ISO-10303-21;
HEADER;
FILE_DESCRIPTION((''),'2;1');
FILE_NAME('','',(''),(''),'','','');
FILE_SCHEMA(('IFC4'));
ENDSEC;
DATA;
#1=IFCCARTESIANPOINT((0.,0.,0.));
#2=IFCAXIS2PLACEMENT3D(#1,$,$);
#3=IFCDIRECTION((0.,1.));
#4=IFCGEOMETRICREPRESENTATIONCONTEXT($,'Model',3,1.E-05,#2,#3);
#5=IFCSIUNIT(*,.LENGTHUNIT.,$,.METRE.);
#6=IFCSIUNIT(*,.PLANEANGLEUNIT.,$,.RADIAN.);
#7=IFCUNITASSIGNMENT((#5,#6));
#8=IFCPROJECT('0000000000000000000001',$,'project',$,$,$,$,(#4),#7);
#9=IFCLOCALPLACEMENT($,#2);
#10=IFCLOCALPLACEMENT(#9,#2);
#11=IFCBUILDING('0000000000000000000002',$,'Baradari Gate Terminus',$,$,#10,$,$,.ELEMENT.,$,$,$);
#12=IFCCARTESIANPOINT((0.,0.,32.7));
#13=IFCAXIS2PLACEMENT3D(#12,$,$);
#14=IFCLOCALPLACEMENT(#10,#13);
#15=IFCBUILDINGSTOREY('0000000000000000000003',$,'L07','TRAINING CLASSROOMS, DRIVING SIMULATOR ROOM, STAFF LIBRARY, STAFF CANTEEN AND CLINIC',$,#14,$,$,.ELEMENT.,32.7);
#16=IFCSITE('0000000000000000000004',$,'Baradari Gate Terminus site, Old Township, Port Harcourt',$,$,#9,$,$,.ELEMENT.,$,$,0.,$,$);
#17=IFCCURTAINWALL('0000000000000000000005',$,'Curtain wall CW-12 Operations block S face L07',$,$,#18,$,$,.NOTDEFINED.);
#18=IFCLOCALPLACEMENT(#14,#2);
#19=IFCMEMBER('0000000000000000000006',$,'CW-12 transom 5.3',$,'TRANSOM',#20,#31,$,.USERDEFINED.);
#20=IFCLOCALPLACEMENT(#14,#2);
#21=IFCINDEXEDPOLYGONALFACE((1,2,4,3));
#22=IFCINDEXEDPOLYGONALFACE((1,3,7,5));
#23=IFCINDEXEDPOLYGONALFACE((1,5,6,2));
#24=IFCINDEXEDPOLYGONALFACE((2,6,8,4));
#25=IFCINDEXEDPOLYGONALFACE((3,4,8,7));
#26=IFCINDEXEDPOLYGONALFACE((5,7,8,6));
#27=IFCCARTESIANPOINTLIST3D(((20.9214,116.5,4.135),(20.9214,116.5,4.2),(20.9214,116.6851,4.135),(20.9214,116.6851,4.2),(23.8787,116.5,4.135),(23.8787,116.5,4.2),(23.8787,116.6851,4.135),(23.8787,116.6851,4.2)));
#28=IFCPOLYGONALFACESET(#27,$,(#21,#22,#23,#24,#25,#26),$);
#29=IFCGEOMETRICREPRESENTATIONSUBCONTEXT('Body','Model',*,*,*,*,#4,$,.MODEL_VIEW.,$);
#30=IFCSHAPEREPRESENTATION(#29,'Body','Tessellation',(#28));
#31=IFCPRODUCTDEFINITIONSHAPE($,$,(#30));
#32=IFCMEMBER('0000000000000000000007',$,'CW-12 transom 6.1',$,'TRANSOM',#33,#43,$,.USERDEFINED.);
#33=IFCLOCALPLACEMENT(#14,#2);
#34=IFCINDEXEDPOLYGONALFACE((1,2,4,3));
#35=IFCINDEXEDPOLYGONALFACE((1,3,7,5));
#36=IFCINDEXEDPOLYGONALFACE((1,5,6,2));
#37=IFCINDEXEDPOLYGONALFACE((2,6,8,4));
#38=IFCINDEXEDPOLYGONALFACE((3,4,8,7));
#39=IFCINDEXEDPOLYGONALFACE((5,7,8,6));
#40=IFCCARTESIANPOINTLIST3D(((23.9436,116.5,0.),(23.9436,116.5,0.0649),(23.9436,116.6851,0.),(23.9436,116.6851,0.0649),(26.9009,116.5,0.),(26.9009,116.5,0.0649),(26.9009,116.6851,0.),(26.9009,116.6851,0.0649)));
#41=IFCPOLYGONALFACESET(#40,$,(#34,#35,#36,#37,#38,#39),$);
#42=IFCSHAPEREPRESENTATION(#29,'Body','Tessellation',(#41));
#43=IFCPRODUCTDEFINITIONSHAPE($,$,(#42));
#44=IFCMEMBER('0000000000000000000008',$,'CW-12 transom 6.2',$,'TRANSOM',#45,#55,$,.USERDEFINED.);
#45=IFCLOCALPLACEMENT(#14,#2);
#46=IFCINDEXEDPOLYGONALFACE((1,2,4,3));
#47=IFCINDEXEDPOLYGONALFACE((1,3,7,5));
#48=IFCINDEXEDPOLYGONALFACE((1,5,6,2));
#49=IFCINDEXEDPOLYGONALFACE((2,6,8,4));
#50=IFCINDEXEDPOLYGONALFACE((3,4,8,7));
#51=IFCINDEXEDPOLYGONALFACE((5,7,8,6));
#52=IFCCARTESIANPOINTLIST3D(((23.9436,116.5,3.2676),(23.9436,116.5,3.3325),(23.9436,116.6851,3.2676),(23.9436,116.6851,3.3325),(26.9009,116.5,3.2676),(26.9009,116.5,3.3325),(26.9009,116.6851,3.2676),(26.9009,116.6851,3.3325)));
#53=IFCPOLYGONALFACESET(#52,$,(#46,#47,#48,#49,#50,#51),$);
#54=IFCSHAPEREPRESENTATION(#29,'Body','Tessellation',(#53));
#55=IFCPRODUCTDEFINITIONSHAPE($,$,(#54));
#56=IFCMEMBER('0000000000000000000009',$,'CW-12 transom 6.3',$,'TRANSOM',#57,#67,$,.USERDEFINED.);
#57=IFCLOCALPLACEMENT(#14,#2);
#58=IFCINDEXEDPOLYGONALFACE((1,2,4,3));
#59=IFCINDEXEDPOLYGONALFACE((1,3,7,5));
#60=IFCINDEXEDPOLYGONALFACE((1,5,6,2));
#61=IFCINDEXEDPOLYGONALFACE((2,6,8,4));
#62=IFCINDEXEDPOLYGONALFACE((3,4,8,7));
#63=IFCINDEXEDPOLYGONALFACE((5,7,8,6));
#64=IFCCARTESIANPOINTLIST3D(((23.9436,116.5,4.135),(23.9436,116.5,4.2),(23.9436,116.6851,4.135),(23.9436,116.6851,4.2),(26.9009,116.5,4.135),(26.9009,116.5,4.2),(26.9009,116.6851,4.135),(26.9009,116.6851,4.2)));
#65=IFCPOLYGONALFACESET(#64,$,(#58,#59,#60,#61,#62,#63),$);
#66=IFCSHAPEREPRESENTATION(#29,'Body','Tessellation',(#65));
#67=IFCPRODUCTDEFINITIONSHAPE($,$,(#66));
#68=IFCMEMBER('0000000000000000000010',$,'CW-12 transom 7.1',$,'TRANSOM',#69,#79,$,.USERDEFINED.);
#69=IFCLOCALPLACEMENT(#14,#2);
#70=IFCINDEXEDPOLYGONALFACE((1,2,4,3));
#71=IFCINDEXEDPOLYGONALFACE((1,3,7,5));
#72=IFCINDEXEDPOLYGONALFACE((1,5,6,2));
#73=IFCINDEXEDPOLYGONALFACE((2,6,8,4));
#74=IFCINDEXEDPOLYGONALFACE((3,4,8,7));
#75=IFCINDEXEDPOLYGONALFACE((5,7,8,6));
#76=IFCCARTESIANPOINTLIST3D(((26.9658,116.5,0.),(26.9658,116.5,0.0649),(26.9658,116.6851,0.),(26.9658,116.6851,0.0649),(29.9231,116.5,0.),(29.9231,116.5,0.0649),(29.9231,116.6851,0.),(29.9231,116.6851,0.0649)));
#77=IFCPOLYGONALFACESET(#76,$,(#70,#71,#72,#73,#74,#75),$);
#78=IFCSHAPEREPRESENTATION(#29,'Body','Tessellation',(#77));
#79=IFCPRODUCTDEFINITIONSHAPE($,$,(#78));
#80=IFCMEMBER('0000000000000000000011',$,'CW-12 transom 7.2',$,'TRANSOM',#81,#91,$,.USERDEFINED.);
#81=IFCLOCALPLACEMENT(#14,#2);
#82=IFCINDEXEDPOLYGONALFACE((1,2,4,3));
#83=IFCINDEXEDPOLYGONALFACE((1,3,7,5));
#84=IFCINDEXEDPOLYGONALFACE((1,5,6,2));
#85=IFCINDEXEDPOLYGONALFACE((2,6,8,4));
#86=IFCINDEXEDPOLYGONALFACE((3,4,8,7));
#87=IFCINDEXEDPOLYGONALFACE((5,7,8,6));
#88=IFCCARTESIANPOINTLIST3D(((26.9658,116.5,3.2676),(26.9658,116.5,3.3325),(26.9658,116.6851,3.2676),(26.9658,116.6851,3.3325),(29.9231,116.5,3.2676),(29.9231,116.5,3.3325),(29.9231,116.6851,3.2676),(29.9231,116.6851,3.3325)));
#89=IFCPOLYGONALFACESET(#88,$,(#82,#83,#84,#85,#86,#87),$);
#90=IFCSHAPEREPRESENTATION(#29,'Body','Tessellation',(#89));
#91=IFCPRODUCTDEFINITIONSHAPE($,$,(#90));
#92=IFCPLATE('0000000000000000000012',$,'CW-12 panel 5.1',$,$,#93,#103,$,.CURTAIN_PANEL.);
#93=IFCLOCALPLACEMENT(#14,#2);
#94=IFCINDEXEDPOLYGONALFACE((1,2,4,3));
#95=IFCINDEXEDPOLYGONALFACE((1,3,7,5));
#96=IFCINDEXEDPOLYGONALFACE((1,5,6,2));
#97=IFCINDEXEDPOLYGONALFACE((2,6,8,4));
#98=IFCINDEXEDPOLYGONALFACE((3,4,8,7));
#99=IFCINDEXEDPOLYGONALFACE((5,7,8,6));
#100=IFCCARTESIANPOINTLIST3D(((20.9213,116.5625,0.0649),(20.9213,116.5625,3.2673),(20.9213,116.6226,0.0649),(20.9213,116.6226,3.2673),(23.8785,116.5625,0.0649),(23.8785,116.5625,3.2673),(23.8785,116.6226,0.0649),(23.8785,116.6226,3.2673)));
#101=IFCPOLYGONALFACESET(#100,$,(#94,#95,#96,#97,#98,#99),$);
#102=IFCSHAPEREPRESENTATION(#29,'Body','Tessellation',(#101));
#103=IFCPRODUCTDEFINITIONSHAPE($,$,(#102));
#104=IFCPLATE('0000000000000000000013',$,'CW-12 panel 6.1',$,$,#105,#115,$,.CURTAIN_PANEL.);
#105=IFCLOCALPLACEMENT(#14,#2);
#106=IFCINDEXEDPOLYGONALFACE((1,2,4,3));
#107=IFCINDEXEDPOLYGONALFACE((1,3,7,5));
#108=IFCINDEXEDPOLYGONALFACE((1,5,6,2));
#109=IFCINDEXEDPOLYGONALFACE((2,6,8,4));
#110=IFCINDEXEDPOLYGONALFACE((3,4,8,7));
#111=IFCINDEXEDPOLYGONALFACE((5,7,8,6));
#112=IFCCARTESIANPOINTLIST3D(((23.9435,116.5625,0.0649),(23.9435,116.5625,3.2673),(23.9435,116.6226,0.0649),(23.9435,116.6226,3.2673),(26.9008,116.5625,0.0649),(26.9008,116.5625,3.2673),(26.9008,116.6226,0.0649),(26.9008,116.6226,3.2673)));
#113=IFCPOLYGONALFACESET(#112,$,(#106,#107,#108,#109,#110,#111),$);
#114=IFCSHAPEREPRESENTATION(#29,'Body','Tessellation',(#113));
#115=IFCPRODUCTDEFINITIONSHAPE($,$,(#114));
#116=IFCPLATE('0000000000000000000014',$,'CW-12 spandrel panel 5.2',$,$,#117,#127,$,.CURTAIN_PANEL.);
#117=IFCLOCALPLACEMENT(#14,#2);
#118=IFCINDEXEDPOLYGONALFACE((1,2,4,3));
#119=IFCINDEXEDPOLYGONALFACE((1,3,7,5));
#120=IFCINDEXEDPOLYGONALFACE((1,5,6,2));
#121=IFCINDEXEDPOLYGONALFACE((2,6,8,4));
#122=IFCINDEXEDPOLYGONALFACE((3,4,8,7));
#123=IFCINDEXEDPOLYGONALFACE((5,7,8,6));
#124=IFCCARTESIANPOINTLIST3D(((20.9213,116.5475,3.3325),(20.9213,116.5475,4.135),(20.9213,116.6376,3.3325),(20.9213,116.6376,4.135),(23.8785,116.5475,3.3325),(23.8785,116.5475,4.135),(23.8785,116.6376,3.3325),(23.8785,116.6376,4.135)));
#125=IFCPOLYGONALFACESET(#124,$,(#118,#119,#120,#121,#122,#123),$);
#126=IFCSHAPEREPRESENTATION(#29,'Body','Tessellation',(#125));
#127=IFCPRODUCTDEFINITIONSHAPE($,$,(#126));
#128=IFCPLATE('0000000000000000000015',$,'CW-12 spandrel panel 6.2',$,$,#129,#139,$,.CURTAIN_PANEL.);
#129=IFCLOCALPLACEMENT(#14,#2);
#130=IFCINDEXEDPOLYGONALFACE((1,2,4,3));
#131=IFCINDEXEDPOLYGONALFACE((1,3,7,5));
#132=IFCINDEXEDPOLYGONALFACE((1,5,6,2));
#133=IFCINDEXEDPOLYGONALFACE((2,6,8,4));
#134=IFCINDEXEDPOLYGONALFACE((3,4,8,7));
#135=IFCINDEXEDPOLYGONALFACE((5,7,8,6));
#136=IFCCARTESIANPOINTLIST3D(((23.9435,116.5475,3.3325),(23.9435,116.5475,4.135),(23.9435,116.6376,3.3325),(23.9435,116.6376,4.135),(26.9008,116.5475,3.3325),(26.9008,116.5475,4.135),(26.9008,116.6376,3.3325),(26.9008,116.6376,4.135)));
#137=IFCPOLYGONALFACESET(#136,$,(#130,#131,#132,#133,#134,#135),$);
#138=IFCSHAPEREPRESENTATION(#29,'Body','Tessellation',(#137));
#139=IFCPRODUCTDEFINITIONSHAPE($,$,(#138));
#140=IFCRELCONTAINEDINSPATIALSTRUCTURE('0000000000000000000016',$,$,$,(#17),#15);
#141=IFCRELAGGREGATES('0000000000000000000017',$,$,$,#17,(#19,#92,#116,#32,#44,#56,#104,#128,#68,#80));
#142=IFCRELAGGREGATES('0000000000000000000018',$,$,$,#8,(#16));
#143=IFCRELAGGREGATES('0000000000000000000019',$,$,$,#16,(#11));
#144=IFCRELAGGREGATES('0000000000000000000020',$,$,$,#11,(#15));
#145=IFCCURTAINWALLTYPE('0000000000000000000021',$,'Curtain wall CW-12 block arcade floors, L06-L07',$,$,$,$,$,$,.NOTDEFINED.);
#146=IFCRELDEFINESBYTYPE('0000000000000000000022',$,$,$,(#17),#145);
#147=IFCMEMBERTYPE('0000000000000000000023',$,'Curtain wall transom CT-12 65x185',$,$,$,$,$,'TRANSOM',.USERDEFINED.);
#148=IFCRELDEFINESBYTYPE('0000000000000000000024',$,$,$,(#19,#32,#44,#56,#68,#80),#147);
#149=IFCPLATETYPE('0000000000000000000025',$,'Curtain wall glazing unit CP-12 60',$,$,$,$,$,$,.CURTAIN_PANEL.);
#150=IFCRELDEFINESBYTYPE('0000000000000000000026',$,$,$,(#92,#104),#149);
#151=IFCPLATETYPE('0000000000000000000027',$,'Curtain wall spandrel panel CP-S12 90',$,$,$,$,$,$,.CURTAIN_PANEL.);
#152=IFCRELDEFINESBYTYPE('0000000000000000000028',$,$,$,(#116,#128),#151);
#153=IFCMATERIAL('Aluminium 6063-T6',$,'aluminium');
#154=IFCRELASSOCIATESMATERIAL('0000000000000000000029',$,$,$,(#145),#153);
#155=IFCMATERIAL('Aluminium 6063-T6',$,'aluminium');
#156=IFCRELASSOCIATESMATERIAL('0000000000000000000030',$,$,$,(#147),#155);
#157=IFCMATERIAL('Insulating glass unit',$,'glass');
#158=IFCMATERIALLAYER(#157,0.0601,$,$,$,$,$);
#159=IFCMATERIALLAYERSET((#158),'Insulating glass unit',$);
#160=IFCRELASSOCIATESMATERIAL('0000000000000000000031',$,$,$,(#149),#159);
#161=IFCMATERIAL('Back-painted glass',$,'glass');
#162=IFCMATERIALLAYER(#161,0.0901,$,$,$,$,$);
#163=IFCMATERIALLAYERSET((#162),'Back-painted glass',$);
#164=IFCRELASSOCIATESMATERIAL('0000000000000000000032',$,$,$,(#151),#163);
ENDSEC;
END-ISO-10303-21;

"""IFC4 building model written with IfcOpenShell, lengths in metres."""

from ifc_helpers import new_model, si_unit, direction, frame, origin, origin_2d, place, context, subcontext, project, spatial, rectangle, extrude, material, layer, layer_set, material_profile, profile_set, type_object, element, aggregate, save


model = new_model("IFC4")

# Units and contexts
model_context = context("Model", 3, precision=1e-05, world=origin(), true_north=direction((0.0, 1.0)))
body_context = subcontext(model_context, "Body", "Model", "MODEL_VIEW")
ifc_project = project(units=[si_unit("LENGTHUNIT", "METRE"), si_unit("PLANEANGLEUNIT", "RADIAN")], contexts=[model_context])

# Site, building, storey
site_placement = place(None, origin())
site = spatial("IfcSite", under=ifc_project, at=site_placement, Name="Baradari Gate Terminus site, Old Township, Port Harcourt", CompositionType="ELEMENT", RefElevation=0.0)
building_placement = place(site_placement, origin())
building = spatial("IfcBuilding", under=site, at=building_placement, Name="Baradari Gate Terminus", CompositionType="ELEMENT")
storey_placement = place(building_placement, frame((0.0, 0.0, 32.7)))
storey = spatial("IfcBuildingStorey", under=building, at=storey_placement, Name="L07", Description="TRAINING CLASSROOMS, DRIVING SIMULATOR ROOM, STAFF LIBRARY, STAFF CANTEEN AND CLINIC", CompositionType="ELEMENT", Elevation=32.7)

# Curtain wall, members, plates
ifc_material_1 = material(Name="Aluminium 6063-T6", Category="aluminium")
curtain_wall_type = type_object("IfcCurtainWallType", Name="Curtain wall CW-12 block arcade floors, L06-L07", PredefinedType="NOTDEFINED", material=ifc_material_1)
curtain_wall_placement = place(storey_placement, origin())
curtain_wall = element("IfcCurtainWall", 1, at=curtain_wall_placement, inside=storey, type_object=curtain_wall_type, Name="Curtain wall CW-12 Operations block S face L07", PredefinedType="NOTDEFINED")
ifc_material_2 = material(Name="Aluminium 6063-T6", Category="aluminium")
ifc_material_profile_1 = material_profile(ifc_material_2, rectangle(XDim=0.1851, YDim=0.0649, at=origin_2d()), Name="CT-12 65X185")
ifc_profile_set_1 = profile_set([ifc_material_profile_1], Name="Aluminium 6063-T6")
member_type_1 = type_object("IfcMemberType", Name="Curtain wall transom CT-12 65x185", ElementType="TRANSOM", PredefinedType="USERDEFINED", material=ifc_profile_set_1)
member_1_placement = place(storey_placement, frame((20.9214, 116.5925, 4.1675), z_axis=(1.0, 0.0, 0.0), x_axis=(0.0, 1.0, 0.0)))
member_1 = element("IfcMember", 2, at=member_1_placement, type_object=member_type_1, Name="CW-12 transom 5.3", ObjectType="TRANSOM", PredefinedType="USERDEFINED", context=body_context, shape_type="SweptSolid", body=[
    extrude(rectangle(XDim=0.1851, YDim=0.0649, at=origin_2d()), origin(), (0.0, 0.0, 1.0), 2.9573),
])
member_2_placement = place(storey_placement, frame((23.9436, 116.5925, 0.0325), z_axis=(1.0, 0.0, 0.0), x_axis=(0.0, 1.0, 0.0)))
member_2 = element("IfcMember", 3, at=member_2_placement, type_object=member_type_1, Name="CW-12 transom 6.1", ObjectType="TRANSOM", PredefinedType="USERDEFINED", context=body_context, shape_type="SweptSolid", body=[
    extrude(rectangle(XDim=0.1851, YDim=0.0649, at=origin_2d()), origin(), (0.0, 0.0, 1.0), 2.9573),
])
member_3_placement = place(storey_placement, frame((23.9436, 116.5925, 3.3), z_axis=(1.0, 0.0, 0.0), x_axis=(0.0, 1.0, 0.0)))
member_3 = element("IfcMember", 4, at=member_3_placement, type_object=member_type_1, Name="CW-12 transom 6.2", ObjectType="TRANSOM", PredefinedType="USERDEFINED", context=body_context, shape_type="SweptSolid", body=[
    extrude(rectangle(XDim=0.1851, YDim=0.0649, at=origin_2d()), origin(), (0.0, 0.0, 1.0), 2.9573),
])
member_4_placement = place(storey_placement, frame((23.9436, 116.5925, 4.1675), z_axis=(1.0, 0.0, 0.0), x_axis=(0.0, 1.0, 0.0)))
member_4 = element("IfcMember", 5, at=member_4_placement, type_object=member_type_1, Name="CW-12 transom 6.3", ObjectType="TRANSOM", PredefinedType="USERDEFINED", context=body_context, shape_type="SweptSolid", body=[
    extrude(rectangle(XDim=0.1851, YDim=0.0649, at=origin_2d()), origin(), (0.0, 0.0, 1.0), 2.9573),
])
member_5_placement = place(storey_placement, frame((26.9658, 116.5925, 0.0325), z_axis=(1.0, 0.0, 0.0), x_axis=(0.0, 1.0, 0.0)))
member_5 = element("IfcMember", 6, at=member_5_placement, type_object=member_type_1, Name="CW-12 transom 7.1", ObjectType="TRANSOM", PredefinedType="USERDEFINED", context=body_context, shape_type="SweptSolid", body=[
    extrude(rectangle(XDim=0.1851, YDim=0.0649, at=origin_2d()), origin(), (0.0, 0.0, 1.0), 2.9573),
])
member_6_placement = place(storey_placement, frame((26.9658, 116.5925, 3.3), z_axis=(1.0, 0.0, 0.0), x_axis=(0.0, 1.0, 0.0)))
member_6 = element("IfcMember", 7, at=member_6_placement, type_object=member_type_1, Name="CW-12 transom 7.2", ObjectType="TRANSOM", PredefinedType="USERDEFINED", context=body_context, shape_type="SweptSolid", body=[
    extrude(rectangle(XDim=0.1851, YDim=0.0649, at=origin_2d()), origin(), (0.0, 0.0, 1.0), 2.9573),
])
ifc_material_3 = material(Name="Insulating glass unit", Category="glass")
ifc_layer_1 = layer(ifc_material_3, 0.0601)
ifc_layer_set_1 = layer_set([ifc_layer_1], Name="Insulating glass unit")
plate_type_1 = type_object("IfcPlateType", Name="Curtain wall glazing unit CP-12 60", PredefinedType="CURTAIN_PANEL", material=ifc_layer_set_1)
plate_1_placement = place(storey_placement, frame((22.3999, 116.5925, 0.0649), z_axis=(0.0, 0.0, 1.0), x_axis=(1.0, 0.0, 0.0)))
plate_1 = element("IfcPlate", 8, at=plate_1_placement, type_object=plate_type_1, Name="CW-12 panel 5.1", PredefinedType="CURTAIN_PANEL", context=body_context, shape_type="SweptSolid", body=[
    extrude(rectangle(XDim=2.9573, YDim=0.0601, at=origin_2d()), origin(), (0.0, 0.0, 1.0), 3.2024),
])
plate_2_placement = place(storey_placement, frame((25.4221, 116.5925, 0.0649), z_axis=(0.0, 0.0, 1.0), x_axis=(1.0, 0.0, 0.0)))
plate_2 = element("IfcPlate", 9, at=plate_2_placement, type_object=plate_type_1, Name="CW-12 panel 6.1", PredefinedType="CURTAIN_PANEL", context=body_context, shape_type="SweptSolid", body=[
    extrude(rectangle(XDim=2.9573, YDim=0.0601, at=origin_2d()), origin(), (0.0, 0.0, 1.0), 3.2024),
])
ifc_material_4 = material(Name="Back-painted glass", Category="glass")
ifc_layer_2 = layer(ifc_material_4, 0.0901)
ifc_layer_set_2 = layer_set([ifc_layer_2], Name="Back-painted glass")
plate_type_2 = type_object("IfcPlateType", Name="Curtain wall spandrel panel CP-S12 90", PredefinedType="CURTAIN_PANEL", material=ifc_layer_set_2)
plate_3_placement = place(storey_placement, frame((22.3999, 116.5925, 3.3325), z_axis=(0.0, 0.0, 1.0), x_axis=(1.0, 0.0, 0.0)))
plate_3 = element("IfcPlate", 10, at=plate_3_placement, type_object=plate_type_2, Name="CW-12 spandrel panel 5.2", PredefinedType="CURTAIN_PANEL", context=body_context, shape_type="SweptSolid", body=[
    extrude(rectangle(XDim=2.9573, YDim=0.0901, at=origin_2d()), origin(), (0.0, 0.0, 1.0), 0.8025),
])
plate_4_placement = place(storey_placement, frame((25.4221, 116.5925, 3.3325), z_axis=(0.0, 0.0, 1.0), x_axis=(1.0, 0.0, 0.0)))
plate_4 = element("IfcPlate", 11, at=plate_4_placement, type_object=plate_type_2, Name="CW-12 spandrel panel 6.2", PredefinedType="CURTAIN_PANEL", context=body_context, shape_type="SweptSolid", body=[
    extrude(rectangle(XDim=2.9573, YDim=0.0901, at=origin_2d()), origin(), (0.0, 0.0, 1.0), 0.8025),
])
aggregate(curtain_wall, [member_1, plate_1, plate_3, member_2, member_3, member_4, plate_2, plate_4, member_5, member_6])

save(model, "model.ifc")
